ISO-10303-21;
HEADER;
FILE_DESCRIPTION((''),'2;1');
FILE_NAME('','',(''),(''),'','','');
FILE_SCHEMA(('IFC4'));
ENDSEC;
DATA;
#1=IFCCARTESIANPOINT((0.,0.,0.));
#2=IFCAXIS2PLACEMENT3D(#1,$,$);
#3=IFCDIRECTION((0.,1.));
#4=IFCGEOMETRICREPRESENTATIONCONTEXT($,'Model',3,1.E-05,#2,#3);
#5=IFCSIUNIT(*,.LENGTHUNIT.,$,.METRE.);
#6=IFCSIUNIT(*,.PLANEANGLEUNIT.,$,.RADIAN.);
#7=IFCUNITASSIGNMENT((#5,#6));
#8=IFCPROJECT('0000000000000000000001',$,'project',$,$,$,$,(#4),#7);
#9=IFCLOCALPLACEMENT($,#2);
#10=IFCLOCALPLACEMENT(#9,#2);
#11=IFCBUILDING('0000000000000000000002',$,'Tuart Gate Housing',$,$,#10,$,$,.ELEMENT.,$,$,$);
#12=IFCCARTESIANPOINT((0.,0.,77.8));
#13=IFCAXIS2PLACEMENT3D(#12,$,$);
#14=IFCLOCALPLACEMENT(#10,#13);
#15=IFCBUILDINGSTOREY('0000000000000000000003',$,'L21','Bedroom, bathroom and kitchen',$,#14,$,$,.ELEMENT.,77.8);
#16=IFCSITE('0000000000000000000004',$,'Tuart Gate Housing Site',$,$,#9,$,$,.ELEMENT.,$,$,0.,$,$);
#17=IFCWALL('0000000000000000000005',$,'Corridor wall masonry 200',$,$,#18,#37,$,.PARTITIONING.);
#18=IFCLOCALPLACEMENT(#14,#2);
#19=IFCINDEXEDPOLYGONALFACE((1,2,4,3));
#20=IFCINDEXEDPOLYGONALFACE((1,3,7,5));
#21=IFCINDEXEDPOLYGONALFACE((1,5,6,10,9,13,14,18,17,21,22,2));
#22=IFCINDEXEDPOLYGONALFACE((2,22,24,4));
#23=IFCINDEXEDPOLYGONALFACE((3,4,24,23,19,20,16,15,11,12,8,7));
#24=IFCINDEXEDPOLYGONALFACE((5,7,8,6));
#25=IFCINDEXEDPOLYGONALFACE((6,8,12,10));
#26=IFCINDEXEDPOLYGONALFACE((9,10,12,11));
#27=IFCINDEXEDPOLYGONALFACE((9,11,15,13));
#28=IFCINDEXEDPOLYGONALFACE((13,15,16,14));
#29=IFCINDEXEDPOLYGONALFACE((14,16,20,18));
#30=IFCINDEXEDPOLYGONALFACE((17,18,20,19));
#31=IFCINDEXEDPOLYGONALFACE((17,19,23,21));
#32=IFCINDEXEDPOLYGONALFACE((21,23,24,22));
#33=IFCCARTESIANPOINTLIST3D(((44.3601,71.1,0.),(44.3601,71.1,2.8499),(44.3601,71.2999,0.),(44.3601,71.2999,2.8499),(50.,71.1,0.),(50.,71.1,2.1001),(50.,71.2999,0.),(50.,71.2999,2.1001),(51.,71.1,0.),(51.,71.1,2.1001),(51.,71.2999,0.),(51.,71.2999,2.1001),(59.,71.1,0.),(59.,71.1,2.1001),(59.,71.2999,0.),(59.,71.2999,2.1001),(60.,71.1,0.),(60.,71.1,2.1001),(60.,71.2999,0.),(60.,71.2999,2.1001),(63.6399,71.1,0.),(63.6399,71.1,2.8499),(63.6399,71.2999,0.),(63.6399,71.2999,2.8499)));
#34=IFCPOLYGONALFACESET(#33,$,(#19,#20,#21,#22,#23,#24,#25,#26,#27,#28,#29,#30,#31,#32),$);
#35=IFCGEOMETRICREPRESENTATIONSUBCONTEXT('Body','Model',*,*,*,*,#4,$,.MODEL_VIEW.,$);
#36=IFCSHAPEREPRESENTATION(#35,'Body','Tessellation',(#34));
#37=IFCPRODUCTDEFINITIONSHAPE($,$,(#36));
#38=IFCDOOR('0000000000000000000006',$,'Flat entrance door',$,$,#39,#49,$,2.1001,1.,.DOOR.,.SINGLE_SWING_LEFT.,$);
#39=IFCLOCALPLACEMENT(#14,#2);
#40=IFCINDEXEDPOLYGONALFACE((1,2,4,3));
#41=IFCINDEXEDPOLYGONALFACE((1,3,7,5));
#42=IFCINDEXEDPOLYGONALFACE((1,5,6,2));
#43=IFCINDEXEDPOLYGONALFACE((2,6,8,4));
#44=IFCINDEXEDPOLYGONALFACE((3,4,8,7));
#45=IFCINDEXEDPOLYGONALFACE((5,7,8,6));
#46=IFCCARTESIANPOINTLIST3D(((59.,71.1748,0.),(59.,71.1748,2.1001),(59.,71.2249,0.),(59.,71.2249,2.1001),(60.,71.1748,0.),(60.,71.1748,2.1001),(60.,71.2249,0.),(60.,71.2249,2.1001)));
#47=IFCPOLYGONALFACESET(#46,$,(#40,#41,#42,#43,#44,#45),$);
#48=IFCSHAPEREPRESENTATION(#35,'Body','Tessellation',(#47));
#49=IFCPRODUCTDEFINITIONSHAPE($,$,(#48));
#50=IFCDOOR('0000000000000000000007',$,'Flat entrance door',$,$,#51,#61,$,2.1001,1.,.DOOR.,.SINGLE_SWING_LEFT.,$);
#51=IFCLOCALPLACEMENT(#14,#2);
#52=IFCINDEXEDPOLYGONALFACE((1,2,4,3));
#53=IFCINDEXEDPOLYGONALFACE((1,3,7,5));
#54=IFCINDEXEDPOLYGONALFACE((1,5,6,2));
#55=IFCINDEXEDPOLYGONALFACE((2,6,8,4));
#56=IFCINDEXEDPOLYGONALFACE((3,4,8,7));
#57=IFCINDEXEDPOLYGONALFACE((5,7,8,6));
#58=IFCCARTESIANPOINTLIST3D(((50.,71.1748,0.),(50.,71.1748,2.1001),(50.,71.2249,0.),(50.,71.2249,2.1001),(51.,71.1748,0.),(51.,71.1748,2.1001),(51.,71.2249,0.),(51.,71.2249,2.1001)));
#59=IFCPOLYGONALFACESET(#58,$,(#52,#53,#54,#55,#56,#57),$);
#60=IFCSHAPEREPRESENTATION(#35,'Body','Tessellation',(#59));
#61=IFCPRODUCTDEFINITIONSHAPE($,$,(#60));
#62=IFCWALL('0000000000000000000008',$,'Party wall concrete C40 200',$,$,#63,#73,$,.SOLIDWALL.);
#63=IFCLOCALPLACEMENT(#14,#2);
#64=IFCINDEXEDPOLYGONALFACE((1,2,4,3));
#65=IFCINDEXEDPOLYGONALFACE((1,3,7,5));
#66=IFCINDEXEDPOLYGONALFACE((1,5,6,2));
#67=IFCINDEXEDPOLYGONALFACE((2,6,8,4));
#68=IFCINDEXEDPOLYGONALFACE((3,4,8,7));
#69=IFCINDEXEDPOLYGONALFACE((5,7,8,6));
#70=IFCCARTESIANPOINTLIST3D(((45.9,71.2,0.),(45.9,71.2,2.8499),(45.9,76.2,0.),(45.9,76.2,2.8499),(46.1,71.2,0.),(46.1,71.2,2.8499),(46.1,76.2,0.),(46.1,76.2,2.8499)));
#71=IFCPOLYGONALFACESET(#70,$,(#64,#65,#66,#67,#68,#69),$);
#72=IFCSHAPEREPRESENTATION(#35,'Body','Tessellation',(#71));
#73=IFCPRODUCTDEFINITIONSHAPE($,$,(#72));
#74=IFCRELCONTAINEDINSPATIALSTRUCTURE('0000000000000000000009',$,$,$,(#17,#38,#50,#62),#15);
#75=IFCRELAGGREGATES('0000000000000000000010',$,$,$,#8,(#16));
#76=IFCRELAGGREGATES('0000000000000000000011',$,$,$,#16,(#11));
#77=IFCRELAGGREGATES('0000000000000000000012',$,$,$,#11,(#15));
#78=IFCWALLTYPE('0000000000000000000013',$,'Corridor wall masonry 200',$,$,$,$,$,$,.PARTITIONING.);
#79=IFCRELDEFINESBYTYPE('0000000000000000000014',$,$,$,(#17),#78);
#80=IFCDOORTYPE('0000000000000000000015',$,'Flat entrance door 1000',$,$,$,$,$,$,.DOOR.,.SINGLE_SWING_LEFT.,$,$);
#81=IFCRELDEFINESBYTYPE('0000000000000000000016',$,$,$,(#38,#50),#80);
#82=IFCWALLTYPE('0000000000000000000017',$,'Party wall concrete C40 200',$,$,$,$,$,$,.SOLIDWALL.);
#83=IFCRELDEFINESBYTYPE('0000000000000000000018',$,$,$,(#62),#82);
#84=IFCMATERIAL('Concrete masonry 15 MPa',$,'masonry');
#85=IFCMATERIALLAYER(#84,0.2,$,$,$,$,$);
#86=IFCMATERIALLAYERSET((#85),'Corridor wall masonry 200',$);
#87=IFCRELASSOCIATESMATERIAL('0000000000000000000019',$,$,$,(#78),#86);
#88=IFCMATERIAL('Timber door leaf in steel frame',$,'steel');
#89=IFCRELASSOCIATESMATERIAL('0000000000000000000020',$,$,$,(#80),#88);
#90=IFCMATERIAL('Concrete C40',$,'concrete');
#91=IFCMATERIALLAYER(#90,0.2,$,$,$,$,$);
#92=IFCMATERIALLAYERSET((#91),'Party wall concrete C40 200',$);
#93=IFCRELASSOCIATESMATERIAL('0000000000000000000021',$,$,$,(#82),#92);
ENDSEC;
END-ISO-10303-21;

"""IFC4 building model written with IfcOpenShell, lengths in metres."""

from ifc_helpers import new_model, si_unit, direction, frame, frame_2d, origin, place, context, subcontext, project, spatial, rectangle, extrude, material, layer, layer_set, type_object, element, fill, save


model = new_model("IFC4")

# Units and contexts
model_context = context("Model", 3, precision=1e-05, world=origin(), true_north=direction((0.0, 1.0)))
body_context = subcontext(model_context, "Body", "Model", "MODEL_VIEW")
ifc_project = project(units=[si_unit("LENGTHUNIT", "METRE"), si_unit("PLANEANGLEUNIT", "RADIAN")], contexts=[model_context])

# Site, building, storey
site_placement = place(None, origin())
site = spatial("IfcSite", under=ifc_project, at=site_placement, Name="Tuart Gate Housing Site", CompositionType="ELEMENT", RefElevation=0.0)
building_placement = place(site_placement, origin())
building = spatial("IfcBuilding", under=site, at=building_placement, Name="Tuart Gate Housing", CompositionType="ELEMENT")
storey_placement = place(building_placement, frame((0.0, 0.0, 77.8)))
storey = spatial("IfcBuildingStorey", under=building, at=storey_placement, Name="L21", Description="Bedroom, bathroom and kitchen", CompositionType="ELEMENT", Elevation=77.8)

# Wall, openings, doors
ifc_material_1 = material(Name="Concrete masonry 15 MPa", Category="masonry")
ifc_layer_1 = layer(ifc_material_1, 0.2)
ifc_layer_set_1 = layer_set([ifc_layer_1], Name="Corridor wall masonry 200")
wall_type_1 = type_object("IfcWallType", Name="Corridor wall masonry 200", PredefinedType="PARTITIONING", material=ifc_layer_set_1)
wall_1_placement = place(storey_placement, frame((44.3601, 71.2, 0.0), z_axis=(0.0, 0.0, 1.0), x_axis=(1.0, 0.0, 0.0)))
wall_1 = element("IfcWall", 1, at=wall_1_placement, inside=storey, type_object=wall_type_1, Name="Corridor wall masonry 200", PredefinedType="PARTITIONING", context=body_context, shape_type="SweptSolid", body=[
    extrude(rectangle(XDim=19.2798, YDim=0.2, at=frame_2d((9.6399, 0.0))), origin(), (0.0, 0.0, 1.0), 2.8499),
])
opening_1_placement = place(wall_1_placement, frame((14.6399, 0.0, 0.0)))
opening_1 = element("IfcOpeningElement", 2, at=opening_1_placement, cuts=wall_1, PredefinedType="OPENING", context=body_context, shape_type="SweptSolid", body=[
    extrude(rectangle(XDim=1.0, YDim=2.1001, at=frame_2d((0.5, 1.05))), frame((0.0, 0.1099, 0.0), z_axis=(0.0, -1.0, 0.0), x_axis=(1.0, 0.0, 0.0)), (0.0, 0.0, 1.0), 0.22),
])
opening_2_placement = place(wall_1_placement, frame((5.6399, 0.0, 0.0)))
opening_2 = element("IfcOpeningElement", 3, at=opening_2_placement, cuts=wall_1, PredefinedType="OPENING", context=body_context, shape_type="SweptSolid", body=[
    extrude(rectangle(XDim=1.0, YDim=2.1001, at=frame_2d((0.5, 1.05))), frame((0.0, 0.1099, 0.0), z_axis=(0.0, -1.0, 0.0), x_axis=(1.0, 0.0, 0.0)), (0.0, 0.0, 1.0), 0.22),
])
ifc_material_2 = material(Name="Timber door leaf in steel frame", Category="steel")
door_type_1 = type_object("IfcDoorType", Name="Flat entrance door 1000", OperationType="SINGLE_SWING_LEFT", PredefinedType="DOOR", material=ifc_material_2)
door_1_placement = place(opening_1_placement, origin())
door_1 = element("IfcDoor", 4, at=door_1_placement, inside=storey, type_object=door_type_1, Name="Flat entrance door", OperationType="SINGLE_SWING_LEFT", OverallHeight=2.1001, OverallWidth=1.0, PredefinedType="DOOR", context=body_context, shape_type="SweptSolid", body=[
    extrude(rectangle(XDim=1.0, YDim=2.1001, at=frame_2d((0.5, 1.05))), frame((0.0, 0.0249, 0.0), z_axis=(0.0, -1.0, 0.0), x_axis=(1.0, 0.0, 0.0)), (0.0, 0.0, 1.0), 0.05),
])
fill(opening_1, door_1)
door_2_placement = place(opening_2_placement, origin())
door_2 = element("IfcDoor", 5, at=door_2_placement, inside=storey, type_object=door_type_1, Name="Flat entrance door", OperationType="SINGLE_SWING_LEFT", OverallHeight=2.1001, OverallWidth=1.0, PredefinedType="DOOR", context=body_context, shape_type="SweptSolid", body=[
    extrude(rectangle(XDim=1.0, YDim=2.1001, at=frame_2d((0.5, 1.05))), frame((0.0, 0.0249, 0.0), z_axis=(0.0, -1.0, 0.0), x_axis=(1.0, 0.0, 0.0)), (0.0, 0.0, 1.0), 0.05),
])
fill(opening_2, door_2)

# Wall
ifc_material_3 = material(Name="Concrete C40", Category="concrete")
ifc_layer_2 = layer(ifc_material_3, 0.2)
ifc_layer_set_2 = layer_set([ifc_layer_2], Name="Party wall concrete C40 200")
wall_type_2 = type_object("IfcWallType", Name="Party wall concrete C40 200", PredefinedType="SOLIDWALL", material=ifc_layer_set_2)
wall_2_placement = place(storey_placement, frame((46.0, 71.2, 0.0), z_axis=(0.0, 0.0, 1.0), x_axis=(0.0, 1.0, 0.0)))
element("IfcWall", 6, at=wall_2_placement, inside=storey, type_object=wall_type_2, Name="Party wall concrete C40 200", PredefinedType="SOLIDWALL", context=body_context, shape_type="SweptSolid", body=[
    extrude(rectangle(XDim=5.0, YDim=0.2, at=frame_2d((2.5, 0.0))), origin(), (0.0, 0.0, 1.0), 2.8499),
])

save(model, "model.ifc")
